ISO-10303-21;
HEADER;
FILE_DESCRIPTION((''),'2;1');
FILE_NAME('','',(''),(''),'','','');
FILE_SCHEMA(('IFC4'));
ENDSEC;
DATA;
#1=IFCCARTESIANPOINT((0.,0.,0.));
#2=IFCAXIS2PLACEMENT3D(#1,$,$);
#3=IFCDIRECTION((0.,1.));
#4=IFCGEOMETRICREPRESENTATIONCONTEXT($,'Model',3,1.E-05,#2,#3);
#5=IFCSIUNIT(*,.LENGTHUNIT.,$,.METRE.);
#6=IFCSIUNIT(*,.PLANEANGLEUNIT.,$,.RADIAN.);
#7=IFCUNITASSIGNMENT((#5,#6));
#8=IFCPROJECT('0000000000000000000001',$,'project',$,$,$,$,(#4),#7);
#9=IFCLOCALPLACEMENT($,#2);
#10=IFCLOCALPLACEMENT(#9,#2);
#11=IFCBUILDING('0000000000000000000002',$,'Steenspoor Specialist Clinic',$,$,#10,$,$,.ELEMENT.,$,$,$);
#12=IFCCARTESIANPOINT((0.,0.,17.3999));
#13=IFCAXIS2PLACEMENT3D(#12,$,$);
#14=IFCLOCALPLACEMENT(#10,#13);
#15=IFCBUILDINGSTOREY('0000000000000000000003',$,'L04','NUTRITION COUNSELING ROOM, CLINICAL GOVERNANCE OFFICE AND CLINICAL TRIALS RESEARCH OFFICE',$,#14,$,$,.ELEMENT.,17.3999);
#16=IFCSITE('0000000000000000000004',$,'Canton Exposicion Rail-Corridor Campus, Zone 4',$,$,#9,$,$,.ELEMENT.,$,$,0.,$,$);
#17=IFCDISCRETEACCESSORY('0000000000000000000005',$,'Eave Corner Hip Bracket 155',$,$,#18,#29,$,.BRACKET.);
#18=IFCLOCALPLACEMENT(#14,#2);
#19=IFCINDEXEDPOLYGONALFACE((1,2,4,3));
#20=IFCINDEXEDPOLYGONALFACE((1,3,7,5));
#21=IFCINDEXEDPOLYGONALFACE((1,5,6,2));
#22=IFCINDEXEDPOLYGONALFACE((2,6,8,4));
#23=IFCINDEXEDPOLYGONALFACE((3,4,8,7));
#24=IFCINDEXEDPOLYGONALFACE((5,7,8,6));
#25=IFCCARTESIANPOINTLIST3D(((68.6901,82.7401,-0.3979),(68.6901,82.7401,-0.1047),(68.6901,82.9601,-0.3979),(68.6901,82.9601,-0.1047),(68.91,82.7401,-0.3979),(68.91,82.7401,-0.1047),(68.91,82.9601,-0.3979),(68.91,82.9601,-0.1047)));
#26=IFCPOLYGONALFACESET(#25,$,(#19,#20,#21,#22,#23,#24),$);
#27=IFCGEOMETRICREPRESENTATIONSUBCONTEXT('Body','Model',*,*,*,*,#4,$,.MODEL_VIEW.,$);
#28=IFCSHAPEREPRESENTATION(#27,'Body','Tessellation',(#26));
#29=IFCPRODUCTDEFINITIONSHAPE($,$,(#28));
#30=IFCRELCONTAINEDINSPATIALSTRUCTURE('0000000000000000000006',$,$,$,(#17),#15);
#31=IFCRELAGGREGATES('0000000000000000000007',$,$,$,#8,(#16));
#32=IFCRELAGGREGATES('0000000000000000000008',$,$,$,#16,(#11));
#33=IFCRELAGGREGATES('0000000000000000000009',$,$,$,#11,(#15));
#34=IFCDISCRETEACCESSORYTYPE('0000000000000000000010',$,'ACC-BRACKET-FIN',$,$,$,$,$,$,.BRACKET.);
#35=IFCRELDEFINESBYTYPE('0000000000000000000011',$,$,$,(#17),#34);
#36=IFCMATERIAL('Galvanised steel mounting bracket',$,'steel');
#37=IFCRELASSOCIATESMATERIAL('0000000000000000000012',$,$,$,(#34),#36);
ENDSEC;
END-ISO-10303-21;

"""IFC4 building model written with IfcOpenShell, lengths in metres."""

from ifc_helpers import new_model, si_unit, direction, frame, origin, origin_2d, place, context, subcontext, project, spatial, rectangle, extrude, material, type_object, element, save


model = new_model("IFC4")

# Units and contexts
model_context = context("Model", 3, precision=1e-05, world=origin(), true_north=direction((0.0, 1.0)))
body_context = subcontext(model_context, "Body", "Model", "MODEL_VIEW")
ifc_project = project(units=[si_unit("LENGTHUNIT", "METRE"), si_unit("PLANEANGLEUNIT", "RADIAN")], contexts=[model_context])

# Site, building, storey
site_placement = place(None, origin())
site = spatial("IfcSite", under=ifc_project, at=site_placement, Name="Canton Exposicion Rail-Corridor Campus, Zone 4", CompositionType="ELEMENT", RefElevation=0.0)
building_placement = place(site_placement, origin())
building = spatial("IfcBuilding", under=site, at=building_placement, Name="Steenspoor Specialist Clinic", CompositionType="ELEMENT")
storey_placement = place(building_placement, frame((0.0, 0.0, 17.3999)))
storey = spatial("IfcBuildingStorey", under=building, at=storey_placement, Name="L04", Description="NUTRITION COUNSELING ROOM, CLINICAL GOVERNANCE OFFICE AND CLINICAL TRIALS RESEARCH OFFICE", CompositionType="ELEMENT", Elevation=17.3999)

# Discrete accessory
ifc_material_1 = material(Name="Galvanised steel mounting bracket", Category="steel")
discrete_accessory_type = type_object("IfcDiscreteAccessoryType", Name="ACC-BRACKET-FIN", PredefinedType="BRACKET", material=ifc_material_1)
discrete_accessory_placement = place(storey_placement, frame((68.8, 82.8501, -0.3979), z_axis=(0.0, 0.0, 1.0), x_axis=(1.0, 0.0, 0.0)))
element("IfcDiscreteAccessory", 1, at=discrete_accessory_placement, inside=storey, type_object=discrete_accessory_type, Name="Eave Corner Hip Bracket 155", PredefinedType="BRACKET", context=body_context, shape_type="SweptSolid", body=[
    extrude(rectangle(XDim=0.22, YDim=0.22, at=origin_2d()), origin(), (0.0, 0.0, 1.0), 0.2932),
])

save(model, "model.ifc")
